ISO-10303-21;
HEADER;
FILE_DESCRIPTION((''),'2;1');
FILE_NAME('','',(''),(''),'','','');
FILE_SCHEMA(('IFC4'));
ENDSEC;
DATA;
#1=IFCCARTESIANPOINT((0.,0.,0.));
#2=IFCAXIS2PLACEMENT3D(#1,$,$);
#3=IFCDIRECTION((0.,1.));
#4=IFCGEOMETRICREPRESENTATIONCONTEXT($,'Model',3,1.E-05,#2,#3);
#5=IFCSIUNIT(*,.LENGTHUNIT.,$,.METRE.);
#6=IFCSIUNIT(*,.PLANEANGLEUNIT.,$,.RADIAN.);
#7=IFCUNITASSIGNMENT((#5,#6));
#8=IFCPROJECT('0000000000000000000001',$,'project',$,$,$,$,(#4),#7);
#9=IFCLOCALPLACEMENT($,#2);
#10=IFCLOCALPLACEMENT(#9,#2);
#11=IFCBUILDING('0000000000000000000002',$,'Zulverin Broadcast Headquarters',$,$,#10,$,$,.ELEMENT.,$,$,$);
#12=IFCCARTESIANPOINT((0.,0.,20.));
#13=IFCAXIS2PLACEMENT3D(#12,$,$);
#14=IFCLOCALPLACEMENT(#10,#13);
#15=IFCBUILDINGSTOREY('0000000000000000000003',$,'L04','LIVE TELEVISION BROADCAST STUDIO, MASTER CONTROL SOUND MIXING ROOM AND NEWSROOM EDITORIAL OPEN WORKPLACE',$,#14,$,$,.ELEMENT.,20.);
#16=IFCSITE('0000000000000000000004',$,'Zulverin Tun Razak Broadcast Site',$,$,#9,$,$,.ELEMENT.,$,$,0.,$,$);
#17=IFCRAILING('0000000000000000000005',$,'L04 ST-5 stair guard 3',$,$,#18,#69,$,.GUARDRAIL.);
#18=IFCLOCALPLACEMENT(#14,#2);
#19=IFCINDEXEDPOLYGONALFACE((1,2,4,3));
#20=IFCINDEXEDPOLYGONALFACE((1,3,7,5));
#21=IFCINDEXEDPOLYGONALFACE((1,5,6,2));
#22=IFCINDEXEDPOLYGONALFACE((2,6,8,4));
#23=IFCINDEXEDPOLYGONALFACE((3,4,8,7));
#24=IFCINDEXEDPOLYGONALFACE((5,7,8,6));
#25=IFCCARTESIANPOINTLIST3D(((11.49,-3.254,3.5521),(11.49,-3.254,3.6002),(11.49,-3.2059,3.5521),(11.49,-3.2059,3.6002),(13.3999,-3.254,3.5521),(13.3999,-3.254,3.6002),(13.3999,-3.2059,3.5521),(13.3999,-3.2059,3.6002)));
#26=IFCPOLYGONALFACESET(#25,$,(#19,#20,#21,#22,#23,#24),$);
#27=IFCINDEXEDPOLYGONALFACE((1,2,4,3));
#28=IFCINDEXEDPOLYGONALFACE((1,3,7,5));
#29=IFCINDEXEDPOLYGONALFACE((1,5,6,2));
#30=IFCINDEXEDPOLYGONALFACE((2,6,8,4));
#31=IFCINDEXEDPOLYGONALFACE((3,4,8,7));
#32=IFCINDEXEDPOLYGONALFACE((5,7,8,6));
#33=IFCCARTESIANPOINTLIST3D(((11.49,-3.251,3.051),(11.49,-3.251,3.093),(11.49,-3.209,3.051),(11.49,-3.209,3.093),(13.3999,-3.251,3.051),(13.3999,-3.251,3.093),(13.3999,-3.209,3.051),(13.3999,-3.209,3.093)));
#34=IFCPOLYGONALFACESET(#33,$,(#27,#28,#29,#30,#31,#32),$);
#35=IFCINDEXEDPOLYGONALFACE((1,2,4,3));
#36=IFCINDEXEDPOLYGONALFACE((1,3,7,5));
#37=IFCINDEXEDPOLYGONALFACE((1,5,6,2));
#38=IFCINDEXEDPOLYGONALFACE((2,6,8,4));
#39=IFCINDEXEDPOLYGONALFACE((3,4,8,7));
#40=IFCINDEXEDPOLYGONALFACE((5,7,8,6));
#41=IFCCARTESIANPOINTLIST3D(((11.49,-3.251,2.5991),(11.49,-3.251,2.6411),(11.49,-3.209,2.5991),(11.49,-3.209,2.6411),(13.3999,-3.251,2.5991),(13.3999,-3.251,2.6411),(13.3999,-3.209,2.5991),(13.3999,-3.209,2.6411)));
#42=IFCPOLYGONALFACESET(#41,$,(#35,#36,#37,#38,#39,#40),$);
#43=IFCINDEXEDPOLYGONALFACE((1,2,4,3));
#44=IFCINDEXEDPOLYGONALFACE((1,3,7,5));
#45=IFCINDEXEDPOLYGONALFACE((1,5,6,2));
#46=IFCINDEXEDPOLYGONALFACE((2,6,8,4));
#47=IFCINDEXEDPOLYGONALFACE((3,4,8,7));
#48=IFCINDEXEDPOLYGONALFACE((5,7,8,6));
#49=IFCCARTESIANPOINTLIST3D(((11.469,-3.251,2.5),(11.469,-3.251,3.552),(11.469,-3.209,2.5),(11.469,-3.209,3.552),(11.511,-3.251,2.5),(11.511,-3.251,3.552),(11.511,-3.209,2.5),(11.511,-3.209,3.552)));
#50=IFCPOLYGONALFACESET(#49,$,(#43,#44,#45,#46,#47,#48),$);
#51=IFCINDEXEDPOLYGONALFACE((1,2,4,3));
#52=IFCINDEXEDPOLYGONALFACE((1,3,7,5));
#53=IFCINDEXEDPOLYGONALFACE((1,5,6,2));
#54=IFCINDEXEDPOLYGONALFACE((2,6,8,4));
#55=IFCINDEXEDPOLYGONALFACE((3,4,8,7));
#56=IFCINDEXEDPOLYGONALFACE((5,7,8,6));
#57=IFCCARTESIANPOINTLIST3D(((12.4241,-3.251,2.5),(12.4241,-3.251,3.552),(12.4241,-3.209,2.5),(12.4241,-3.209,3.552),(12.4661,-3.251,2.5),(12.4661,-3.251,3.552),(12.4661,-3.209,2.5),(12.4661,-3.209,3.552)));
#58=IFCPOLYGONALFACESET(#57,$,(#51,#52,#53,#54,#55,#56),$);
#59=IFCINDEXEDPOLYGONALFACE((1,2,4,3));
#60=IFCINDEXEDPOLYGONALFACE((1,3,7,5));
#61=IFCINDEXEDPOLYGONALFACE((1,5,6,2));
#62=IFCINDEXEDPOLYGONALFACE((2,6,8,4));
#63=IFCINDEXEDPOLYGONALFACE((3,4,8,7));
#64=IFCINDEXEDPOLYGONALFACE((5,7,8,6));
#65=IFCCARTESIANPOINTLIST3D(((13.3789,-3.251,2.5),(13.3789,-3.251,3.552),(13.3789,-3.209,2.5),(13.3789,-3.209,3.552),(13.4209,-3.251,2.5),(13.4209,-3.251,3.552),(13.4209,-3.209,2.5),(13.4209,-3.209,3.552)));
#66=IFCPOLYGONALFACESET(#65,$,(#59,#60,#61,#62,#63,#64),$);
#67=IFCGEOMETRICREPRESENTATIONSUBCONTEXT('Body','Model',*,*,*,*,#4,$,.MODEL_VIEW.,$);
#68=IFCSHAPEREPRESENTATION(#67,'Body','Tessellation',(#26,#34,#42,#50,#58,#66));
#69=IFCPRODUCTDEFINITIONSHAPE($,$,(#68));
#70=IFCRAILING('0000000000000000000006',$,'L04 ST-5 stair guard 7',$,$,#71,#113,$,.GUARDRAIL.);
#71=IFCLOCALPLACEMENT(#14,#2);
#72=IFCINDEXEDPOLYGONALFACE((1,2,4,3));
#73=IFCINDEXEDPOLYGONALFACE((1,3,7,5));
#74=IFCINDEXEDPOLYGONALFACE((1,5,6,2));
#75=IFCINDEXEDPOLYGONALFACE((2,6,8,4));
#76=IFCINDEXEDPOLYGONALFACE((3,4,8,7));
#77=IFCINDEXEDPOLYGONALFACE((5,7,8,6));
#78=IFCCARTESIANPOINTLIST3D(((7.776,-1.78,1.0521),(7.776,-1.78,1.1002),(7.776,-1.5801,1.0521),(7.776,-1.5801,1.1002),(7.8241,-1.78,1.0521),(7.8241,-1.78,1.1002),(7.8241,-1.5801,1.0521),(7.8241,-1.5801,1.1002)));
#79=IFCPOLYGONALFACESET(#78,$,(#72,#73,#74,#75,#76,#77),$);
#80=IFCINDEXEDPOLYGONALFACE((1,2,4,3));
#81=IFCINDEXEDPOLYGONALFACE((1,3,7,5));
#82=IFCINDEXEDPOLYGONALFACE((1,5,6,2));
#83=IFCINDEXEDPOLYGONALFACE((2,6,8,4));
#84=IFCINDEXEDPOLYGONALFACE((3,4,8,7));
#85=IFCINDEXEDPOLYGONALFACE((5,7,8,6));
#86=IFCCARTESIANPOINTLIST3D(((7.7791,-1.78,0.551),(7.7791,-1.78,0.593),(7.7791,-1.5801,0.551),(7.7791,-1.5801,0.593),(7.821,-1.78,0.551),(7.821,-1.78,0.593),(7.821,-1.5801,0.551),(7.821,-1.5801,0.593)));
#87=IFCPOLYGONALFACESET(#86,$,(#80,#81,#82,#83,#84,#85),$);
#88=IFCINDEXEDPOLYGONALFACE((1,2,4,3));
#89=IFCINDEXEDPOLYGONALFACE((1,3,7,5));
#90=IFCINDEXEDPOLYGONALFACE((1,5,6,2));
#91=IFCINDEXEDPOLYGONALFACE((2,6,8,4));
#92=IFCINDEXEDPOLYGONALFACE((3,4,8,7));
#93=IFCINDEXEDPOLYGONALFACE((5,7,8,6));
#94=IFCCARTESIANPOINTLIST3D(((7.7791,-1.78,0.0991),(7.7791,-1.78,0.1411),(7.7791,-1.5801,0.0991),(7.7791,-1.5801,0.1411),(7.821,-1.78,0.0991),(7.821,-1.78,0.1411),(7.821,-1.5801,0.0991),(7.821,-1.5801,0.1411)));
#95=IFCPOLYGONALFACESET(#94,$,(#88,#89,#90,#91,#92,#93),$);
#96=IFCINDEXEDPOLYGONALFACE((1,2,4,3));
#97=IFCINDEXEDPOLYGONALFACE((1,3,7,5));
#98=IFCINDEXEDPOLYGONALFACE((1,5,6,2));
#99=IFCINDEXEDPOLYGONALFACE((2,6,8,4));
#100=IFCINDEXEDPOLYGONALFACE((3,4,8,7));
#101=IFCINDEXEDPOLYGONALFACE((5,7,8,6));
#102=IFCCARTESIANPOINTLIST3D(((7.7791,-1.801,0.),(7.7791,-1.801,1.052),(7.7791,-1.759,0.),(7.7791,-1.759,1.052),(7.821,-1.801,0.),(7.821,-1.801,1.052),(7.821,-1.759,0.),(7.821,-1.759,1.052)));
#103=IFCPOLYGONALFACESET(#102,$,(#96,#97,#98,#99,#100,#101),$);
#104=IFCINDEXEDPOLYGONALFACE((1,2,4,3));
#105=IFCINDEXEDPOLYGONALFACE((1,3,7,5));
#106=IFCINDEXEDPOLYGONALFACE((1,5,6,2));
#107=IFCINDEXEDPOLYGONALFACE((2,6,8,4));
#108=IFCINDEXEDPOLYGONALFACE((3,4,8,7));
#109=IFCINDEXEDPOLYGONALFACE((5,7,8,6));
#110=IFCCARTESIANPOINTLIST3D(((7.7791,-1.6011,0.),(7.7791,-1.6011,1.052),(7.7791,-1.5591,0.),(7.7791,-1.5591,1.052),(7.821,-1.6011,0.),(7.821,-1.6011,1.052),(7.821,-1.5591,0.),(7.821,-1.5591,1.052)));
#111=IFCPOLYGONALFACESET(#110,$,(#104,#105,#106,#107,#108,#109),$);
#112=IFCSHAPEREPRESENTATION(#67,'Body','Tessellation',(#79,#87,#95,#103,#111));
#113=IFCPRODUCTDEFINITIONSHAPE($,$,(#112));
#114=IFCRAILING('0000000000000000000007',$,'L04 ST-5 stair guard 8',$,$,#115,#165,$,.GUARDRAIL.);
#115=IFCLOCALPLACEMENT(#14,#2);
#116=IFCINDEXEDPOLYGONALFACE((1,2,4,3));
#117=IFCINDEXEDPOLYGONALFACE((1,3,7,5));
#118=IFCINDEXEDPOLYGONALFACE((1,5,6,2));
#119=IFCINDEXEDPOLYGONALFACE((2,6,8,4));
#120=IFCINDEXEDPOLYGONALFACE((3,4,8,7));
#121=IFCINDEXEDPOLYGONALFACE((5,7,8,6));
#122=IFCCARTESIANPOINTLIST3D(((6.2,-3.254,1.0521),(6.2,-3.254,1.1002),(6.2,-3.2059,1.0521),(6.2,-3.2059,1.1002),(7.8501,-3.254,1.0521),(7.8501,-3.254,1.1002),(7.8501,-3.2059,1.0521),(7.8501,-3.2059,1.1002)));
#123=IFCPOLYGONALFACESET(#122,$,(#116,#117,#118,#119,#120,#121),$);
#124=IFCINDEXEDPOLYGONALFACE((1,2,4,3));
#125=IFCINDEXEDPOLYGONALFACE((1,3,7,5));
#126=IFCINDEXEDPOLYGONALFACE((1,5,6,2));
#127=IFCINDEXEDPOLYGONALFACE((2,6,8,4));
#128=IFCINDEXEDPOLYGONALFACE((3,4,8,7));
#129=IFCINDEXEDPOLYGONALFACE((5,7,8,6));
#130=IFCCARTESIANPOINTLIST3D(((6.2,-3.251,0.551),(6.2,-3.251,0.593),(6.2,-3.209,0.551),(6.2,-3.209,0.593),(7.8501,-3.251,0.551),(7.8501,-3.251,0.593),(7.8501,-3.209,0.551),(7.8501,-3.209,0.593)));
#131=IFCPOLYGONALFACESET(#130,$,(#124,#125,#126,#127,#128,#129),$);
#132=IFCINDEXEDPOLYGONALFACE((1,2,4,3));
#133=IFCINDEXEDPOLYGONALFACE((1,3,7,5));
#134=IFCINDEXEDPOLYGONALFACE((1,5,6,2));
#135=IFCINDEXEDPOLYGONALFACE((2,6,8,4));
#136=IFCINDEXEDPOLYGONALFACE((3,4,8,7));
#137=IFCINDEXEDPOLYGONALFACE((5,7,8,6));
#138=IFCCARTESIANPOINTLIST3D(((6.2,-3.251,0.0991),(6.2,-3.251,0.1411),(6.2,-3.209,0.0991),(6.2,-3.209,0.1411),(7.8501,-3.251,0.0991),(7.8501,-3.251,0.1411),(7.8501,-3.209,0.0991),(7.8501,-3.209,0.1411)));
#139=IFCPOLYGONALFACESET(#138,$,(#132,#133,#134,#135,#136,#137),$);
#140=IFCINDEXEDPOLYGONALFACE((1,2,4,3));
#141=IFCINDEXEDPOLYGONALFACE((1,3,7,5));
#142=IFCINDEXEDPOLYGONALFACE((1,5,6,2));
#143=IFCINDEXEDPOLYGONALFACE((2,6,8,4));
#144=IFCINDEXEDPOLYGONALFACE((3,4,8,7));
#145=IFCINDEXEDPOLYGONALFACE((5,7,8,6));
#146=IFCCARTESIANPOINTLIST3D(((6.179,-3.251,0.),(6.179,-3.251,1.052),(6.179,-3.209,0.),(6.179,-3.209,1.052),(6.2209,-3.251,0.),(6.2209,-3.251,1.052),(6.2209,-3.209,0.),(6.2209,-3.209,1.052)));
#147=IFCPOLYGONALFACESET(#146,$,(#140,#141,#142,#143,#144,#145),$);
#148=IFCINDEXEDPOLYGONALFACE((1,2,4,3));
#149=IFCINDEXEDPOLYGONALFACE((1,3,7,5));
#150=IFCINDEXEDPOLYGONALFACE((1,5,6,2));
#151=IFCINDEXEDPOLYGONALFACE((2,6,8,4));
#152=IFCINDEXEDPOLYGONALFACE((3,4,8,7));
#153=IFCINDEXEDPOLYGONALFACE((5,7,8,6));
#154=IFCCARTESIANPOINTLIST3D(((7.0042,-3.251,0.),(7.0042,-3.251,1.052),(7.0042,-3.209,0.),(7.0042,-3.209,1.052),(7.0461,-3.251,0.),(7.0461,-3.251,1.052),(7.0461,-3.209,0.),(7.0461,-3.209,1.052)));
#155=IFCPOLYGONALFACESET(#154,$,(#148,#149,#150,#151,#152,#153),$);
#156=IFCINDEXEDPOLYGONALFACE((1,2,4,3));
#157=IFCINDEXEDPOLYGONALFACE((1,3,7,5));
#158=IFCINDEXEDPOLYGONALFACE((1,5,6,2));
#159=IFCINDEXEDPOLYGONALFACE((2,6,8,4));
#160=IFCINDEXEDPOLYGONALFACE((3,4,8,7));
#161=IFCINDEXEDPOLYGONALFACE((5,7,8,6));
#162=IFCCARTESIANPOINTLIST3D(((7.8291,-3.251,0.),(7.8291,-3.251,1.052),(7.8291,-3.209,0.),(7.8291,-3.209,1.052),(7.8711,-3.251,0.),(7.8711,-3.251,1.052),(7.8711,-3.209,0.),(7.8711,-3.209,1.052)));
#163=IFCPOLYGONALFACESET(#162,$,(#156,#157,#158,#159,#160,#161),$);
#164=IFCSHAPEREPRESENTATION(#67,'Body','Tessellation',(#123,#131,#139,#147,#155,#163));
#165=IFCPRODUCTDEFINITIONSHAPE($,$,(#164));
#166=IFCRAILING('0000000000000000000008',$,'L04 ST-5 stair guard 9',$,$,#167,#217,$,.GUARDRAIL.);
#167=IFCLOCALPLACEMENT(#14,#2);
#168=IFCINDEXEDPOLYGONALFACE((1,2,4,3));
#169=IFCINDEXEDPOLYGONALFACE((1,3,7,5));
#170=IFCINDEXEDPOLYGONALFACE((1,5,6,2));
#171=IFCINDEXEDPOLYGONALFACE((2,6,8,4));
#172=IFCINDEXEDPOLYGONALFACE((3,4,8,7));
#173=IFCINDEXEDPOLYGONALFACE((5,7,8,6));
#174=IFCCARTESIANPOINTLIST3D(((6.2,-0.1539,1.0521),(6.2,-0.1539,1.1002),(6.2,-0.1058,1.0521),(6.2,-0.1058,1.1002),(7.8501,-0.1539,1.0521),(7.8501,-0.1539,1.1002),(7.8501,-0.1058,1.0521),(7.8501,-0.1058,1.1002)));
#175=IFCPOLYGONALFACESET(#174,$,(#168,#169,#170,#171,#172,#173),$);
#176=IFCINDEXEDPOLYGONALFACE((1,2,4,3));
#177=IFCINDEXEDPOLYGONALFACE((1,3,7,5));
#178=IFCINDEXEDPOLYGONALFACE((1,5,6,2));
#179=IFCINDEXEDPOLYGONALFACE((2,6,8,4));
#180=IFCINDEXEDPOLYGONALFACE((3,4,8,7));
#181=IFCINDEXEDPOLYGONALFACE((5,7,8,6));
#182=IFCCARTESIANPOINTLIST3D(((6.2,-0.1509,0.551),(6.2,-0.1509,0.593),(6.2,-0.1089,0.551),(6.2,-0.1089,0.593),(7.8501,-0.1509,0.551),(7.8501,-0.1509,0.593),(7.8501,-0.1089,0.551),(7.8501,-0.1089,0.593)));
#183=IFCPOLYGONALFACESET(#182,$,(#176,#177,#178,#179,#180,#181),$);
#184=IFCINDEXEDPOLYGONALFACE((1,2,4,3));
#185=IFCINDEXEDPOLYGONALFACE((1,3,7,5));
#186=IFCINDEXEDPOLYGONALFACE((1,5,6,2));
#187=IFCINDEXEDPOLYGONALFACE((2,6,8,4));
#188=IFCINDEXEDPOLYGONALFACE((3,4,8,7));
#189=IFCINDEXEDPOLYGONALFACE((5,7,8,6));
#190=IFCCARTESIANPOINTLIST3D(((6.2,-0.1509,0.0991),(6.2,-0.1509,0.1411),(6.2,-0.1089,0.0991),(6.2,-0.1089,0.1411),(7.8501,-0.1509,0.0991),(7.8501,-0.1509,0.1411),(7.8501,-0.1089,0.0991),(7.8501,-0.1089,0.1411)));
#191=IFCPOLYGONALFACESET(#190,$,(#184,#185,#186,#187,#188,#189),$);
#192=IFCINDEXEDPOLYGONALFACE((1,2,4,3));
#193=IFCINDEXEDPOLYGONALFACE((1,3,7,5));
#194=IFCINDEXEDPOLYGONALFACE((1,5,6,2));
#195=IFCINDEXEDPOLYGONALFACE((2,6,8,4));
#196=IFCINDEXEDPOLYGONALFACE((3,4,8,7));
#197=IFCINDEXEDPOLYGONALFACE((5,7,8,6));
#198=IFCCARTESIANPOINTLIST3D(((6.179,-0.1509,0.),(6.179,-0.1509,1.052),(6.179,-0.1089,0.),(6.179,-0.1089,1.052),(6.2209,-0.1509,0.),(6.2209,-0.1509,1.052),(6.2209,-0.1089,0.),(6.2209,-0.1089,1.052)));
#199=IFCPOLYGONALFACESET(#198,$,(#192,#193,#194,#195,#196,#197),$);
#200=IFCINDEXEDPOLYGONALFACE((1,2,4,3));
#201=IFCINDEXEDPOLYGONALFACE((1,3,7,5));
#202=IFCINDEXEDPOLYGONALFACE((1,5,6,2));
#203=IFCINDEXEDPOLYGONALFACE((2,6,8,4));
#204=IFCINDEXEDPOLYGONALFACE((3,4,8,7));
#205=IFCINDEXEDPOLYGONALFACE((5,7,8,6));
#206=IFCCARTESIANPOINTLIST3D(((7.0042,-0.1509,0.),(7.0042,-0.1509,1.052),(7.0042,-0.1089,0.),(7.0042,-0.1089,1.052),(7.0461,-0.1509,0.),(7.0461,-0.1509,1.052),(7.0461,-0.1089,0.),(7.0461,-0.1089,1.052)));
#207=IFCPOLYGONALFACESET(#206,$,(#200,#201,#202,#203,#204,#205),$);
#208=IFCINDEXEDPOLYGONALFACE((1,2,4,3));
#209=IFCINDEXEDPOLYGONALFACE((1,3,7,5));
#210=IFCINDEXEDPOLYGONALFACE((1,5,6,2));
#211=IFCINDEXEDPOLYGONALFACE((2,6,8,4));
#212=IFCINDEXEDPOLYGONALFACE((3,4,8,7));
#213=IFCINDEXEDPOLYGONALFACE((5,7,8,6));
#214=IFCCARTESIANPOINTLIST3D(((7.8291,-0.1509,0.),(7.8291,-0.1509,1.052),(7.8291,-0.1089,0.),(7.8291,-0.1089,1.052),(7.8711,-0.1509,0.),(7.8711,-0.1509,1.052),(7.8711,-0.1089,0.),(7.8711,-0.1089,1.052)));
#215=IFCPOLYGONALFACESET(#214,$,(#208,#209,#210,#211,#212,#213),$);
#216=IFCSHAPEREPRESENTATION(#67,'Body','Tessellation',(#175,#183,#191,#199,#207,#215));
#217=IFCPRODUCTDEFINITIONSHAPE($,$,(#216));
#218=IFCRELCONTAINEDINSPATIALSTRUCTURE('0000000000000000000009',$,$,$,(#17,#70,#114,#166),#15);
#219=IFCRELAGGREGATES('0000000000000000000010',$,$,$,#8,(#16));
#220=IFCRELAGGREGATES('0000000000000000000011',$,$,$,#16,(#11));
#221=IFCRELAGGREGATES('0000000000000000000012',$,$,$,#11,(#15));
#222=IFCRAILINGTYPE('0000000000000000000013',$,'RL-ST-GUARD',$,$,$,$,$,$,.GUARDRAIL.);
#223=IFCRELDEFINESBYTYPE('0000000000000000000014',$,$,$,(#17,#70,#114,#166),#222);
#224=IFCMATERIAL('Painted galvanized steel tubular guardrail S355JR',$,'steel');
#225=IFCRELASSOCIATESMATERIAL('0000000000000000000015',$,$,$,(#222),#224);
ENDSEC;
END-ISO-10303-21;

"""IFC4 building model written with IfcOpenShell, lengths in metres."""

from ifc_helpers import new_model, si_unit, direction, frame, origin, origin_2d, place, context, subcontext, project, spatial, rectangle, extrude, material, type_object, element, save


model = new_model("IFC4")

# Units and contexts
model_context = context("Model", 3, precision=1e-05, world=origin(), true_north=direction((0.0, 1.0)))
body_context = subcontext(model_context, "Body", "Model", "MODEL_VIEW")
ifc_project = project(units=[si_unit("LENGTHUNIT", "METRE"), si_unit("PLANEANGLEUNIT", "RADIAN")], contexts=[model_context])

# Site, building, storey
site_placement = place(None, origin())
site = spatial("IfcSite", under=ifc_project, at=site_placement, Name="Zulverin Tun Razak Broadcast Site", CompositionType="ELEMENT", RefElevation=0.0)
building_placement = place(site_placement, origin())
building = spatial("IfcBuilding", under=site, at=building_placement, Name="Zulverin Broadcast Headquarters", CompositionType="ELEMENT")
storey_placement = place(building_placement, frame((0.0, 0.0, 20.0)))
storey = spatial("IfcBuildingStorey", under=building, at=storey_placement, Name="L04", Description="LIVE TELEVISION BROADCAST STUDIO, MASTER CONTROL SOUND MIXING ROOM AND NEWSROOM EDITORIAL OPEN WORKPLACE", CompositionType="ELEMENT", Elevation=20.0)

# Railings
ifc_material_1 = material(Name="Painted galvanized steel tubular guardrail S355JR", Category="steel")
railing_type_1 = type_object("IfcRailingType", Name="RL-ST-GUARD", PredefinedType="GUARDRAIL", material=ifc_material_1)
railing_1_placement = place(storey_placement, frame((11.49, -3.23, 2.5)))
element("IfcRailing", 1, at=railing_1_placement, inside=storey, type_object=railing_type_1, Name="L04 ST-5 stair guard 3", PredefinedType="GUARDRAIL", context=body_context, shape_type="SweptSolid", body=[
    extrude(rectangle(XDim=0.0481, YDim=0.0481, at=origin_2d()), frame((0.0, 0.0, 1.0762), z_axis=(1.0, 0.0, 0.0), x_axis=(0.0, 1.0, 0.0)), (0.0, 0.0, 1.0), 1.9099),
    extrude(rectangle(XDim=0.042, YDim=0.042, at=origin_2d()), frame((0.0, 0.0, 0.572), z_axis=(1.0, 0.0, 0.0), x_axis=(0.0, 1.0, 0.0)), (0.0, 0.0, 1.0), 1.9099),
    extrude(rectangle(XDim=0.042, YDim=0.042, at=origin_2d()), frame((0.0, 0.0, 0.1201), z_axis=(1.0, 0.0, 0.0), x_axis=(0.0, 1.0, 0.0)), (0.0, 0.0, 1.0), 1.9099),
    extrude(rectangle(XDim=0.042, YDim=0.042, at=origin_2d()), origin(), (0.0, 0.0, 1.0), 1.052),
    extrude(rectangle(XDim=0.042, YDim=0.042, at=origin_2d()), frame((0.9551, 0.0, 0.0)), (0.0, 0.0, 1.0), 1.052),
    extrude(rectangle(XDim=0.042, YDim=0.042, at=origin_2d()), frame((1.9099, 0.0, 0.0)), (0.0, 0.0, 1.0), 1.052),
])
railing_2_placement = place(storey_placement, frame((7.8, -1.78, 0.0)))
element("IfcRailing", 2, at=railing_2_placement, inside=storey, type_object=railing_type_1, Name="L04 ST-5 stair guard 7", PredefinedType="GUARDRAIL", context=body_context, shape_type="SweptSolid", body=[
    extrude(rectangle(XDim=0.0481, YDim=0.0481, at=origin_2d()), frame((0.0, 0.0, 1.0762), z_axis=(0.0, 1.0, 0.0), x_axis=(-1.0, 0.0, 0.0)), (0.0, 0.0, 1.0), 0.2),
    extrude(rectangle(XDim=0.042, YDim=0.042, at=origin_2d()), frame((0.0, 0.0, 0.572), z_axis=(0.0, 1.0, 0.0), x_axis=(-1.0, 0.0, 0.0)), (0.0, 0.0, 1.0), 0.2),
    extrude(rectangle(XDim=0.042, YDim=0.042, at=origin_2d()), frame((0.0, 0.0, 0.1201), z_axis=(0.0, 1.0, 0.0), x_axis=(-1.0, 0.0, 0.0)), (0.0, 0.0, 1.0), 0.2),
    extrude(rectangle(XDim=0.042, YDim=0.042, at=origin_2d()), origin(), (0.0, 0.0, 1.0), 1.052),
    extrude(rectangle(XDim=0.042, YDim=0.042, at=origin_2d()), frame((0.0, 0.2, 0.0)), (0.0, 0.0, 1.0), 1.052),
])
for number, where, name in (
    (3, (6.2, -3.23, 0.0), "L04 ST-5 stair guard 8"),
    (4, (6.2, -0.1299, 0.0), "L04 ST-5 stair guard 9"),
):
    element("IfcRailing", number, at=place(storey_placement, frame(where)), inside=storey, type_object=railing_type_1, Name=name, PredefinedType="GUARDRAIL", context=body_context, shape_type="SweptSolid", body=[
        extrude(rectangle(XDim=0.0481, YDim=0.0481, at=origin_2d()), frame((0.0, 0.0, 1.0762), z_axis=(1.0, 0.0, 0.0), x_axis=(0.0, 1.0, 0.0)), (0.0, 0.0, 1.0), 1.6501),
        extrude(rectangle(XDim=0.042, YDim=0.042, at=origin_2d()), frame((0.0, 0.0, 0.572), z_axis=(1.0, 0.0, 0.0), x_axis=(0.0, 1.0, 0.0)), (0.0, 0.0, 1.0), 1.6501),
        extrude(rectangle(XDim=0.042, YDim=0.042, at=origin_2d()), frame((0.0, 0.0, 0.1201), z_axis=(1.0, 0.0, 0.0), x_axis=(0.0, 1.0, 0.0)), (0.0, 0.0, 1.0), 1.6501),
        extrude(rectangle(XDim=0.042, YDim=0.042, at=origin_2d()), origin(), (0.0, 0.0, 1.0), 1.052),
        extrude(rectangle(XDim=0.042, YDim=0.042, at=origin_2d()), frame((0.8252, 0.0, 0.0)), (0.0, 0.0, 1.0), 1.052),
        extrude(rectangle(XDim=0.042, YDim=0.042, at=origin_2d()), frame((1.6501, 0.0, 0.0)), (0.0, 0.0, 1.0), 1.052),
    ])

save(model, "model.ifc")
